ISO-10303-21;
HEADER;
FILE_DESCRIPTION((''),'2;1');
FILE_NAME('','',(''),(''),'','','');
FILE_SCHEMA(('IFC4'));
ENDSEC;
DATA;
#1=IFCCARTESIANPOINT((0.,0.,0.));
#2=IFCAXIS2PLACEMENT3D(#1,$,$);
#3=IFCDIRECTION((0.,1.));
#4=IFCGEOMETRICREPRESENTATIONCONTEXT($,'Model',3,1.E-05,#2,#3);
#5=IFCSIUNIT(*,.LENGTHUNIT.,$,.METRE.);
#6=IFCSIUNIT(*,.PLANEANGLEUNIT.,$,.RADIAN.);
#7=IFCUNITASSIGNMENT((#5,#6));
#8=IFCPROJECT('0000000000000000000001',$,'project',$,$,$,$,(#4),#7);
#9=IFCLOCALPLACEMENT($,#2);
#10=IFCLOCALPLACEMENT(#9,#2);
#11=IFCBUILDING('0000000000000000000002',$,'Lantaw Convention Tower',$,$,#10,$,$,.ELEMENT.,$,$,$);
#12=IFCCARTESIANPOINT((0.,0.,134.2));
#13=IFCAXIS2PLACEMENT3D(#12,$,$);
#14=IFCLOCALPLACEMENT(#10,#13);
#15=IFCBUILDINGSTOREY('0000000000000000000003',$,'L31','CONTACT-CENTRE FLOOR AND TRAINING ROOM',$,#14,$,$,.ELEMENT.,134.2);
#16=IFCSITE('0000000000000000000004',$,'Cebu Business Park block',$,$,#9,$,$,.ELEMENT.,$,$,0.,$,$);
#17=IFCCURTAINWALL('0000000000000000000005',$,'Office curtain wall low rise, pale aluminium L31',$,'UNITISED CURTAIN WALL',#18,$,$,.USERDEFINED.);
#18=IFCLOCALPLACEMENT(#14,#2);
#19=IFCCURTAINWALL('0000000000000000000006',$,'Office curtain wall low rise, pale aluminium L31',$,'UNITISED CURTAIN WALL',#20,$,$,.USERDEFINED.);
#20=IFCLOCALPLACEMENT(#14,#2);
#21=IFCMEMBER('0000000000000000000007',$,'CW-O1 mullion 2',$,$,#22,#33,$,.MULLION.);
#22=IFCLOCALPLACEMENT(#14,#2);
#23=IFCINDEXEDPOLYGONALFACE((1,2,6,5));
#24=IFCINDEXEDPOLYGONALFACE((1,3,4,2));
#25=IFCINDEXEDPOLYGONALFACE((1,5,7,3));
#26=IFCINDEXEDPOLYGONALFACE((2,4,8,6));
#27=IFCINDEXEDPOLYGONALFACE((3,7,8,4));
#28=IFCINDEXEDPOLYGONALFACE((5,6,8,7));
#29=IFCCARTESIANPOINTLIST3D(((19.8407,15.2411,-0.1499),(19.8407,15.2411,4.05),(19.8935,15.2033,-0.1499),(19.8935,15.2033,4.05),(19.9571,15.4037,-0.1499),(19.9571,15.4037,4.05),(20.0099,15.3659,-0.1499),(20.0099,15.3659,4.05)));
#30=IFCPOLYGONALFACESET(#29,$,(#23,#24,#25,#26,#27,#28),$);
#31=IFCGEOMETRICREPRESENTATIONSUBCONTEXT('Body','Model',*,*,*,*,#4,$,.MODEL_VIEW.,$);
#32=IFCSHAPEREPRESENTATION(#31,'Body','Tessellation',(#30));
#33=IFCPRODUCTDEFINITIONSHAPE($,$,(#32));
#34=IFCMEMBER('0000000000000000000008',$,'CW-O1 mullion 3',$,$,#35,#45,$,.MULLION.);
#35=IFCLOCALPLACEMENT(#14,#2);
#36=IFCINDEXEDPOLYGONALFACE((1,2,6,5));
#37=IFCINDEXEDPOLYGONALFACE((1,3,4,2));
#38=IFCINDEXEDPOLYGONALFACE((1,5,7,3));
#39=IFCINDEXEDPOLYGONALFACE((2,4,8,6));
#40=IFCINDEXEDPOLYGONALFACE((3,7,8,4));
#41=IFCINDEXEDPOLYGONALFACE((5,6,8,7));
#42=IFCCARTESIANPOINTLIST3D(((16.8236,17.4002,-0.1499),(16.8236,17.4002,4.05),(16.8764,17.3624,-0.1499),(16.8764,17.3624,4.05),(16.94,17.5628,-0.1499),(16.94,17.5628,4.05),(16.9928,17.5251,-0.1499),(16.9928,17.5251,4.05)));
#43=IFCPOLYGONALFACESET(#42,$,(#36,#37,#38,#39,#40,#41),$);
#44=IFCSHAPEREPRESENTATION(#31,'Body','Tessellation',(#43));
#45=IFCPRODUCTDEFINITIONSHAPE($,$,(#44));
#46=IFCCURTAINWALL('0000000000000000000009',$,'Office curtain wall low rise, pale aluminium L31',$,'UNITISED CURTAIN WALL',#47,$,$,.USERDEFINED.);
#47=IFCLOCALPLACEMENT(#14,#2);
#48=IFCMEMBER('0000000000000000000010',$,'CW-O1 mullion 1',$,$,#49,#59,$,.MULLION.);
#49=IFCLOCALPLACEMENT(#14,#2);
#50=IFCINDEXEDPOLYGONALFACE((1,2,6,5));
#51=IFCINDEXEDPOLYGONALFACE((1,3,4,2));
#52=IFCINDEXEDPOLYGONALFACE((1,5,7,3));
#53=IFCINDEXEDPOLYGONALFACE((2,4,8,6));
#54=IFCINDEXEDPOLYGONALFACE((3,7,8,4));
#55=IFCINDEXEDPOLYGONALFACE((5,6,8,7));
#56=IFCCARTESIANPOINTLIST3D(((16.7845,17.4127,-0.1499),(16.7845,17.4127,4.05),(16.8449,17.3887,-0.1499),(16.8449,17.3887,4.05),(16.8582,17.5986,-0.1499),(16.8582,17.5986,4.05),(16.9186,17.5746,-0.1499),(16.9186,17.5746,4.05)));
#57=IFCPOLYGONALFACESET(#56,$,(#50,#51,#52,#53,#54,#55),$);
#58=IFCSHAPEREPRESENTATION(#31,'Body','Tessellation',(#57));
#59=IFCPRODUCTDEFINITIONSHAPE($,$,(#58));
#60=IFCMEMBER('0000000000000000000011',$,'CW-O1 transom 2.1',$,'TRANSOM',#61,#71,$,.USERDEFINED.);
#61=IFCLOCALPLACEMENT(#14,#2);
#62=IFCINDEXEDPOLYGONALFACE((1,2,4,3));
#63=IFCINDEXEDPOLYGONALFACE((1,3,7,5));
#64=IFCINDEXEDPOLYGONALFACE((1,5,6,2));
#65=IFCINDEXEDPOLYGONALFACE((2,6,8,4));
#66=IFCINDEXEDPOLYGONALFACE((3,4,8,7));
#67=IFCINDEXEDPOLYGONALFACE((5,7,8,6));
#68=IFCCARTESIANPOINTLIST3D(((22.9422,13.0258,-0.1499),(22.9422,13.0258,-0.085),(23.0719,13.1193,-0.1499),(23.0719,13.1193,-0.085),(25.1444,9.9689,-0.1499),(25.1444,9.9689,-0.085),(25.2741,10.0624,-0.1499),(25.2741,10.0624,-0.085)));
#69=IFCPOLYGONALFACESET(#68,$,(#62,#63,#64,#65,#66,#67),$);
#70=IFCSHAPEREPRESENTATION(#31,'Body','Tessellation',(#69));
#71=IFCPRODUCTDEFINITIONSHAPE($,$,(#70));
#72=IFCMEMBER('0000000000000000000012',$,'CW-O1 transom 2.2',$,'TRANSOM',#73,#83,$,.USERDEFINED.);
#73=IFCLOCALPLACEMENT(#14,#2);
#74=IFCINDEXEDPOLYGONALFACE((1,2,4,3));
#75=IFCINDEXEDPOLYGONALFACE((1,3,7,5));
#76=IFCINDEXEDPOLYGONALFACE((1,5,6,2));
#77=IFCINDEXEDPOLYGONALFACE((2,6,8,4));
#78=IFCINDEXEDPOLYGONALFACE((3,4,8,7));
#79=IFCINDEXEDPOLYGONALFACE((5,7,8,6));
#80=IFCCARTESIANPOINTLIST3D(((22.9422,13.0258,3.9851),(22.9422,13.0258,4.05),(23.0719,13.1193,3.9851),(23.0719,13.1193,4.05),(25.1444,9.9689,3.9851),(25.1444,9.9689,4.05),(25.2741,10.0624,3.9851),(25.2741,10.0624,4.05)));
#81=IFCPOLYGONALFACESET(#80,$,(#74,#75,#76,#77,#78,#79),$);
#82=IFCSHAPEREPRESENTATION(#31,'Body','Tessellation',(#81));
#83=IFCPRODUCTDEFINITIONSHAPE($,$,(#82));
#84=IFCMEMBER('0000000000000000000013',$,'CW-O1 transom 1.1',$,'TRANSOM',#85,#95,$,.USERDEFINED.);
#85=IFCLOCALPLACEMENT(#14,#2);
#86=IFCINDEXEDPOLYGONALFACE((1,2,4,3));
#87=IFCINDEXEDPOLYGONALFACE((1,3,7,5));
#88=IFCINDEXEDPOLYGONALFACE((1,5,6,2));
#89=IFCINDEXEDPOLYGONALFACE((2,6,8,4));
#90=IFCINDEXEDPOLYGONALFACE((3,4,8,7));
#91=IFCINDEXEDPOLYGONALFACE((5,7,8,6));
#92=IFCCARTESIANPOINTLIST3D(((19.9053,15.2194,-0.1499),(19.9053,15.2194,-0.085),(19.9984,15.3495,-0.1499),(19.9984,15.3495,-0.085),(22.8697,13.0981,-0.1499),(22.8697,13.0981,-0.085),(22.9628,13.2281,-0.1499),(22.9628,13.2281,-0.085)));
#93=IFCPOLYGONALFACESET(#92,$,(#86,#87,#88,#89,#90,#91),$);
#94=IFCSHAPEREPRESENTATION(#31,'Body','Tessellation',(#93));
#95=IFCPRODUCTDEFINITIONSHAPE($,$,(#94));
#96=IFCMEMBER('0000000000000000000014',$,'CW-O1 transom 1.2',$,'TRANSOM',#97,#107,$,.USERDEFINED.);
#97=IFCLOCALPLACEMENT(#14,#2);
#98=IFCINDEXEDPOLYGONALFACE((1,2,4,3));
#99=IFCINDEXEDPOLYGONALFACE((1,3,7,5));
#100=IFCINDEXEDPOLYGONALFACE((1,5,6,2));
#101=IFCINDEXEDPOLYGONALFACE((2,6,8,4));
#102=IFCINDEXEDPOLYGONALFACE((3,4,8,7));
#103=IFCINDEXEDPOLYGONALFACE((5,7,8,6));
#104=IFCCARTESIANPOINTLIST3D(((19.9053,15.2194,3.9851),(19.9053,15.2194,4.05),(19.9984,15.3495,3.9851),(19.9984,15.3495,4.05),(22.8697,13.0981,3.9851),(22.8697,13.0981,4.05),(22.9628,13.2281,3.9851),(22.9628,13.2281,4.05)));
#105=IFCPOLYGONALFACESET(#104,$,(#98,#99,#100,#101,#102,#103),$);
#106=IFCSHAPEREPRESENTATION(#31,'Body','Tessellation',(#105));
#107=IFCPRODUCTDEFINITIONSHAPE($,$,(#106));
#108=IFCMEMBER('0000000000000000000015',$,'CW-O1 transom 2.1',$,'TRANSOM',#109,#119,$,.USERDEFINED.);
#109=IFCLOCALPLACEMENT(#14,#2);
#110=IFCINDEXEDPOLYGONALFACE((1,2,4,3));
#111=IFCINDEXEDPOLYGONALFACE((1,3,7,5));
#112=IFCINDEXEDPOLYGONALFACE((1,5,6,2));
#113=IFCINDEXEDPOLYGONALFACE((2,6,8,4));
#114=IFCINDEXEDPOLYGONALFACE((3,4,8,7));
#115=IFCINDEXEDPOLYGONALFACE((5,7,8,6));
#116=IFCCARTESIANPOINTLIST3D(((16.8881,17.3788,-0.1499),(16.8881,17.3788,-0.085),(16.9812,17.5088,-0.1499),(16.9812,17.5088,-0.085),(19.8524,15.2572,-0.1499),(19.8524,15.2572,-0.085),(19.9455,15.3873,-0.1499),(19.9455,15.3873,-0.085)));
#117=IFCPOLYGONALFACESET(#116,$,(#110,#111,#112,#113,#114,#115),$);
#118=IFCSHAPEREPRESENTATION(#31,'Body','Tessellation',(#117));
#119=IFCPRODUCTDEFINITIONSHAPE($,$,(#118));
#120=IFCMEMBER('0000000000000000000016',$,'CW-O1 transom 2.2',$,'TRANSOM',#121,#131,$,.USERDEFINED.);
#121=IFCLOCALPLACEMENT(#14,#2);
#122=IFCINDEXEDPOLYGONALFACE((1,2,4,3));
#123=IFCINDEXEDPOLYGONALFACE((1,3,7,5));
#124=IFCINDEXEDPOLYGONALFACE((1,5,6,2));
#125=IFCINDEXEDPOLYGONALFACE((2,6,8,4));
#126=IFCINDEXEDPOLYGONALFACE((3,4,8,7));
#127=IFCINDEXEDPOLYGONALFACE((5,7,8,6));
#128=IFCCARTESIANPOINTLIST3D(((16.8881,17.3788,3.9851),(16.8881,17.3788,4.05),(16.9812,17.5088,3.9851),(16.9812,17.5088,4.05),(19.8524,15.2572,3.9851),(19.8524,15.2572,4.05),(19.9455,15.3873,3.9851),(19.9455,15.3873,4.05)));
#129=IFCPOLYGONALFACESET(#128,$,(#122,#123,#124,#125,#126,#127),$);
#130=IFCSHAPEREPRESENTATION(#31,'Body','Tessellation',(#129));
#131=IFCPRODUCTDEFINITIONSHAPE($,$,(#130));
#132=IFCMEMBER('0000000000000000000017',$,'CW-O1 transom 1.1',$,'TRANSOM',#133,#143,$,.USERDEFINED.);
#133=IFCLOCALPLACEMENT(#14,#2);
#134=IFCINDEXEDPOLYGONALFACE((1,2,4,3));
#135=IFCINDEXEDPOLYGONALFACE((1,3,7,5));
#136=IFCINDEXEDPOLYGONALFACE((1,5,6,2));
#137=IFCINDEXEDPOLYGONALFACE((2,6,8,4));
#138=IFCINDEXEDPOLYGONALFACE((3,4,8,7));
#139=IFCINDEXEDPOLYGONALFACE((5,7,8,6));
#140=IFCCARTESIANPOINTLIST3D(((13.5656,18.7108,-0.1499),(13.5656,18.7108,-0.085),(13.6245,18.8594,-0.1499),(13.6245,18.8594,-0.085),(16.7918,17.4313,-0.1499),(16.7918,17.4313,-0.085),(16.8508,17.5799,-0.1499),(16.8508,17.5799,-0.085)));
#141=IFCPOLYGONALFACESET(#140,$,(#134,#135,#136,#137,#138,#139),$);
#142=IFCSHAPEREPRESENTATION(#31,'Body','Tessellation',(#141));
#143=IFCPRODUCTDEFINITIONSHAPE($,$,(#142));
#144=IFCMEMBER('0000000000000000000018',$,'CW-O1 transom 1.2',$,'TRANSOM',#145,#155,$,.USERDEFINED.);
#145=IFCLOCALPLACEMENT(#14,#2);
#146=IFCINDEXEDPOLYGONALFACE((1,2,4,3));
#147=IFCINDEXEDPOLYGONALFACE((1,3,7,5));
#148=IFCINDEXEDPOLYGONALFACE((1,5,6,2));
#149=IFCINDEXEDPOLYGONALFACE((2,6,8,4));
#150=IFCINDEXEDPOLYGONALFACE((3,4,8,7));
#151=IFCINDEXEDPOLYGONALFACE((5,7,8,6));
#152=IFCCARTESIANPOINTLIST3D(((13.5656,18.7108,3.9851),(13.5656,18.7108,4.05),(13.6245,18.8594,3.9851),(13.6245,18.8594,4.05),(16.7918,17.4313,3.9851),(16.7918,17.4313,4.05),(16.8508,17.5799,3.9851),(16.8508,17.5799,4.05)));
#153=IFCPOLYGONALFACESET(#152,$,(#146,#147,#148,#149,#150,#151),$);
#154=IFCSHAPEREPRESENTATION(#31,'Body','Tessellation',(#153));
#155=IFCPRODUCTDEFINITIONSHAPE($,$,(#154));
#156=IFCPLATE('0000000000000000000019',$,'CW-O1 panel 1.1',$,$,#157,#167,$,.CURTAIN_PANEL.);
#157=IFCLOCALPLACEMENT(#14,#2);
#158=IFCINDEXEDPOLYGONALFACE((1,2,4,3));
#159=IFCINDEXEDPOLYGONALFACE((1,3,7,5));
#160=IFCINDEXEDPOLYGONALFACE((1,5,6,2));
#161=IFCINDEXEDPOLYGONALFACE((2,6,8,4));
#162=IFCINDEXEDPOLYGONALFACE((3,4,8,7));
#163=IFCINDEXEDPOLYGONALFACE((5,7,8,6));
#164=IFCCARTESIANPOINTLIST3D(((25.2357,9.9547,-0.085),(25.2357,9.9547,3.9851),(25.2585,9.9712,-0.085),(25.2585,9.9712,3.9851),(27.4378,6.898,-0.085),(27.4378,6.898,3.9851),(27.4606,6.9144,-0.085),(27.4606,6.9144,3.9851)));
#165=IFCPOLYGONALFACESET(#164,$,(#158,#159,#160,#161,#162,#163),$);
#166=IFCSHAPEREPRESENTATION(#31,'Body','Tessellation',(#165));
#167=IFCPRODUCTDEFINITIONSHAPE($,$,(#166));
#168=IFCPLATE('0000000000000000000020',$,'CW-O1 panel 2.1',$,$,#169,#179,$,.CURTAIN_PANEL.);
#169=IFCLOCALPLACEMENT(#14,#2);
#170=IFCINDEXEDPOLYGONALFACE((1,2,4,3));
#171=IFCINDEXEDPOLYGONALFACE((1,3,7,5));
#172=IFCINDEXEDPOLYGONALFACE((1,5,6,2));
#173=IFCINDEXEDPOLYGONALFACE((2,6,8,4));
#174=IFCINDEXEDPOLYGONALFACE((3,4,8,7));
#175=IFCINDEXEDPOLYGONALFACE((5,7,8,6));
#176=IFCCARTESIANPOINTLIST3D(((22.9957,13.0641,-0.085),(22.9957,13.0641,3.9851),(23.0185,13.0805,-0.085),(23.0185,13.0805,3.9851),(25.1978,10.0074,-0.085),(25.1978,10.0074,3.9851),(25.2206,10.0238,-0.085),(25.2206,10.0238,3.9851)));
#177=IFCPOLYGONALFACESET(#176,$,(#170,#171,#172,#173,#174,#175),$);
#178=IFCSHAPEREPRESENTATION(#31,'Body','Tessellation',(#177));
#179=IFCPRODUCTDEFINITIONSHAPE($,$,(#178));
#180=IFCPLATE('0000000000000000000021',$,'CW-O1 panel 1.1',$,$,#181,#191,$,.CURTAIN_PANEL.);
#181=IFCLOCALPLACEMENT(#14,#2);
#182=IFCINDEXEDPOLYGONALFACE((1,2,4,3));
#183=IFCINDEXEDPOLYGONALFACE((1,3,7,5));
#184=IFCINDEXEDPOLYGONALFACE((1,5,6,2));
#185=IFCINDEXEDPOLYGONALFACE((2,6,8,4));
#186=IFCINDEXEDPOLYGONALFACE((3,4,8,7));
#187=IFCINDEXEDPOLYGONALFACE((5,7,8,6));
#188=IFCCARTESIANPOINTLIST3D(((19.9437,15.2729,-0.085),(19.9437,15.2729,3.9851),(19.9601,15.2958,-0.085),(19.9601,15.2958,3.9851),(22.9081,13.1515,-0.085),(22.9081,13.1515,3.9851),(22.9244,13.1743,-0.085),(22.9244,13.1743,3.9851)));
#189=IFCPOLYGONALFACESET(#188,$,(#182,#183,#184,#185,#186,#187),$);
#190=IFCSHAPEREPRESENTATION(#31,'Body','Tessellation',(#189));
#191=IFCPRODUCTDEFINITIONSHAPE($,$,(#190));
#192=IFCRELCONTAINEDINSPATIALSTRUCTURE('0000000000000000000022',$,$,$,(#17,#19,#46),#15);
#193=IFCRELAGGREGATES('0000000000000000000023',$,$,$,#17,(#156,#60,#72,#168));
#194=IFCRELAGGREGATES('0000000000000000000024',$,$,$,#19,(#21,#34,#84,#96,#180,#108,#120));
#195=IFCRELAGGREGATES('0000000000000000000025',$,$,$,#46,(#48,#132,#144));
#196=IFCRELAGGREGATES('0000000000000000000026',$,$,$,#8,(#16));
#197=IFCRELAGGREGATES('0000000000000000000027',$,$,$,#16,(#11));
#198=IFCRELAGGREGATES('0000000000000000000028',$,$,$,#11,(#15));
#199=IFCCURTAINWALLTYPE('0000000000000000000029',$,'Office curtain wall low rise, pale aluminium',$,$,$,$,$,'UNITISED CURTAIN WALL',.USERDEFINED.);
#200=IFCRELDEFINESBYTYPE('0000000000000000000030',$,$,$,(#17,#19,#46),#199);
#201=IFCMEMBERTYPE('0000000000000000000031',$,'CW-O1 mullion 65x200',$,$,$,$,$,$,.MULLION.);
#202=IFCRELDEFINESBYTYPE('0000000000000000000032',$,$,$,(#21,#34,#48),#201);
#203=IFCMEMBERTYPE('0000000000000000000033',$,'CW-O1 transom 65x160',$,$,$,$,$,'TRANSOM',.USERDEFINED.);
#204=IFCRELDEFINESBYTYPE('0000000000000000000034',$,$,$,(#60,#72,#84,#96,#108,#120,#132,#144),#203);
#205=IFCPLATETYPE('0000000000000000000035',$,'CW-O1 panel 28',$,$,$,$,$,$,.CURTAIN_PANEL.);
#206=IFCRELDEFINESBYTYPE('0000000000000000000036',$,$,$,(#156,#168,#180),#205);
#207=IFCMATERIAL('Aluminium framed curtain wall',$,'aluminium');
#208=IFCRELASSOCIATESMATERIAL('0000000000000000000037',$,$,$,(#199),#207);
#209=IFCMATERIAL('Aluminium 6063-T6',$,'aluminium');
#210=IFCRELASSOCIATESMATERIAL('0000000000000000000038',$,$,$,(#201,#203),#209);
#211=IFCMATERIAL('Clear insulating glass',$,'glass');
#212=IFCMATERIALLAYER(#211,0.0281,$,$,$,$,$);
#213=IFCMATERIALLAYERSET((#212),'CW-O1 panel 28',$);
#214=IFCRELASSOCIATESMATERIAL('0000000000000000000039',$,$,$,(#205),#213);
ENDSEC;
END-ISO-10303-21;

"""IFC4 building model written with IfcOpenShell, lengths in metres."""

from ifc_helpers import new_model, si_unit, direction, frame, origin, origin_2d, place, context, subcontext, project, spatial, rectangle, extrude, material, layer, layer_set, material_profile, profile_set, type_object, element, aggregate, save


model = new_model("IFC4")

# Units and contexts
model_context = context("Model", 3, precision=1e-05, world=origin(), true_north=direction((0.0, 1.0)))
body_context = subcontext(model_context, "Body", "Model", "MODEL_VIEW")
ifc_project = project(units=[si_unit("LENGTHUNIT", "METRE"), si_unit("PLANEANGLEUNIT", "RADIAN")], contexts=[model_context])

# Site, building, storey
site_placement = place(None, origin())
site = spatial("IfcSite", under=ifc_project, at=site_placement, Name="Cebu Business Park block", CompositionType="ELEMENT", RefElevation=0.0)
building_placement = place(site_placement, origin())
building = spatial("IfcBuilding", under=site, at=building_placement, Name="Lantaw Convention Tower", CompositionType="ELEMENT")
storey_placement = place(building_placement, frame((0.0, 0.0, 134.2)))
storey = spatial("IfcBuildingStorey", under=building, at=storey_placement, Name="L31", Description="CONTACT-CENTRE FLOOR AND TRAINING ROOM", CompositionType="ELEMENT", Elevation=134.2)

# Curtain walls, members
ifc_material_1 = material(Name="Aluminium framed curtain wall", Category="aluminium")
curtain_wall_type = type_object("IfcCurtainWallType", Name="Office curtain wall low rise, pale aluminium", ElementType="UNITISED CURTAIN WALL", PredefinedType="USERDEFINED", material=ifc_material_1)
curtain_wall_1_placement = place(storey_placement, origin())
curtain_wall_1 = element("IfcCurtainWall", 1, at=curtain_wall_1_placement, inside=storey, type_object=curtain_wall_type, Name="Office curtain wall low rise, pale aluminium L31", ObjectType="UNITISED CURTAIN WALL", PredefinedType="USERDEFINED")
ifc_material_2 = material(Name="Aluminium 6063-T6", Category="aluminium")
ifc_material_profile_1 = material_profile(ifc_material_2, rectangle(XDim=0.2, YDim=0.0649, at=origin_2d()), Name="CW-O1 mullion 65x200")
ifc_profile_set_1 = profile_set([ifc_material_profile_1], Name="Aluminium 6063-T6")
member_type_1 = type_object("IfcMemberType", Name="CW-O1 mullion 65x200", PredefinedType="MULLION", material=ifc_profile_set_1)
curtain_wall_2_placement = place(storey_placement, origin())
curtain_wall_2 = element("IfcCurtainWall", 2, at=curtain_wall_2_placement, inside=storey, type_object=curtain_wall_type, Name="Office curtain wall low rise, pale aluminium L31", ObjectType="UNITISED CURTAIN WALL", PredefinedType="USERDEFINED")
member_1_placement = place(storey_placement, frame((19.9253, 15.3035, -0.1499), z_axis=(0.0, 0.0, 1.0), x_axis=(-0.581973, -0.813208, 0.0)))
member_1 = element("IfcMember", 3, at=member_1_placement, type_object=member_type_1, Name="CW-O1 mullion 2", PredefinedType="MULLION", context=body_context, shape_type="SweptSolid", body=[
    extrude(rectangle(XDim=0.2, YDim=0.0649, at=origin_2d()), origin(), (0.0, 0.0, 1.0), 4.2),
])
member_2_placement = place(storey_placement, frame((16.9082, 17.4626, -0.1499), z_axis=(0.0, 0.0, 1.0), x_axis=(-0.581973, -0.813208, 0.0)))
member_2 = element("IfcMember", 4, at=member_2_placement, type_object=member_type_1, Name="CW-O1 mullion 3", PredefinedType="MULLION", context=body_context, shape_type="SweptSolid", body=[
    extrude(rectangle(XDim=0.2, YDim=0.0649, at=origin_2d()), origin(), (0.0, 0.0, 1.0), 4.2),
])

# Curtain wall, member
curtain_wall_3_placement = place(storey_placement, origin())
curtain_wall_3 = element("IfcCurtainWall", 5, at=curtain_wall_3_placement, inside=storey, type_object=curtain_wall_type, Name="Office curtain wall low rise, pale aluminium L31", ObjectType="UNITISED CURTAIN WALL", PredefinedType="USERDEFINED")
member_3_placement = place(storey_placement, frame((16.8516, 17.4937, -0.1499), z_axis=(0.0, 0.0, 1.0), x_axis=(-0.368702, -0.929548, 0.0)))
member_3 = element("IfcMember", 6, at=member_3_placement, type_object=member_type_1, Name="CW-O1 mullion 1", PredefinedType="MULLION", context=body_context, shape_type="SweptSolid", body=[
    extrude(rectangle(XDim=0.2, YDim=0.0649, at=origin_2d()), origin(), (0.0, 0.0, 1.0), 4.2),
])

# Members
ifc_material_profile_2 = material_profile(ifc_material_2, rectangle(XDim=0.1599, YDim=0.0649, at=origin_2d()), Name="CW-O1 transom 65x160")
ifc_profile_set_2 = profile_set([ifc_material_profile_2], Name="Aluminium 6063-T6")
member_type_2 = type_object("IfcMemberType", Name="CW-O1 transom 65x160", ElementType="TRANSOM", PredefinedType="USERDEFINED", material=ifc_profile_set_2)
member_4_placement = place(storey_placement, frame((25.2092, 10.0156, -0.1174), z_axis=(-0.584513, 0.811384, 0.0), x_axis=(-0.811384, -0.584513, 0.0)))
member_4 = element("IfcMember", 7, at=member_4_placement, type_object=member_type_2, Name="CW-O1 transom 2.1", ObjectType="TRANSOM", PredefinedType="USERDEFINED", context=body_context, shape_type="SweptSolid", body=[
    extrude(rectangle(XDim=0.1599, YDim=0.0649, at=origin_2d()), origin(), (0.0, 0.0, 1.0), 3.7676),
])
member_5_placement = place(storey_placement, frame((25.2092, 10.0156, 4.0176), z_axis=(-0.584513, 0.811384, 0.0), x_axis=(-0.811384, -0.584513, 0.0)))
member_5 = element("IfcMember", 8, at=member_5_placement, type_object=member_type_2, Name="CW-O1 transom 2.2", ObjectType="TRANSOM", PredefinedType="USERDEFINED", context=body_context, shape_type="SweptSolid", body=[
    extrude(rectangle(XDim=0.1599, YDim=0.0649, at=origin_2d()), origin(), (0.0, 0.0, 1.0), 3.7676),
])
member_6_placement = place(storey_placement, frame((22.9163, 13.1631, -0.1174), z_axis=(-0.813222, 0.581954, 0.0), x_axis=(-0.581954, -0.813222, 0.0)))
member_6 = element("IfcMember", 9, at=member_6_placement, type_object=member_type_2, Name="CW-O1 transom 1.1", ObjectType="TRANSOM", PredefinedType="USERDEFINED", context=body_context, shape_type="SweptSolid", body=[
    extrude(rectangle(XDim=0.1599, YDim=0.0649, at=origin_2d()), origin(), (0.0, 0.0, 1.0), 3.6453),
])
member_7_placement = place(storey_placement, frame((22.9163, 13.1631, 4.0176), z_axis=(-0.813222, 0.581954, 0.0), x_axis=(-0.581954, -0.813222, 0.0)))
member_7 = element("IfcMember", 10, at=member_7_placement, type_object=member_type_2, Name="CW-O1 transom 1.2", ObjectType="TRANSOM", PredefinedType="USERDEFINED", context=body_context, shape_type="SweptSolid", body=[
    extrude(rectangle(XDim=0.1599, YDim=0.0649, at=origin_2d()), origin(), (0.0, 0.0, 1.0), 3.6453),
])
member_8_placement = place(storey_placement, frame((19.8989, 15.3223, -0.1174), z_axis=(-0.81319, 0.581998, 0.0), x_axis=(-0.581998, -0.81319, 0.0)))
member_8 = element("IfcMember", 11, at=member_8_placement, type_object=member_type_2, Name="CW-O1 transom 2.1", ObjectType="TRANSOM", PredefinedType="USERDEFINED", context=body_context, shape_type="SweptSolid", body=[
    extrude(rectangle(XDim=0.1599, YDim=0.0649, at=origin_2d()), origin(), (0.0, 0.0, 1.0), 3.6453),
])
member_9_placement = place(storey_placement, frame((19.8989, 15.3223, 4.0176), z_axis=(-0.81319, 0.581998, 0.0), x_axis=(-0.581998, -0.81319, 0.0)))
member_9 = element("IfcMember", 12, at=member_9_placement, type_object=member_type_2, Name="CW-O1 transom 2.2", ObjectType="TRANSOM", PredefinedType="USERDEFINED", context=body_context, shape_type="SweptSolid", body=[
    extrude(rectangle(XDim=0.1599, YDim=0.0649, at=origin_2d()), origin(), (0.0, 0.0, 1.0), 3.6453),
])
member_10_placement = place(storey_placement, frame((16.8213, 17.5056, -0.1174), z_axis=(-0.929564, 0.36866, 0.0), x_axis=(-0.36866, -0.929564, 0.0)))
member_10 = element("IfcMember", 13, at=member_10_placement, type_object=member_type_2, Name="CW-O1 transom 1.1", ObjectType="TRANSOM", PredefinedType="USERDEFINED", context=body_context, shape_type="SweptSolid", body=[
    extrude(rectangle(XDim=0.1599, YDim=0.0649, at=origin_2d()), origin(), (0.0, 0.0, 1.0), 3.4707),
])
member_11_placement = place(storey_placement, frame((16.8213, 17.5056, 4.0176), z_axis=(-0.929564, 0.36866, 0.0), x_axis=(-0.36866, -0.929564, 0.0)))
member_11 = element("IfcMember", 14, at=member_11_placement, type_object=member_type_2, Name="CW-O1 transom 1.2", ObjectType="TRANSOM", PredefinedType="USERDEFINED", context=body_context, shape_type="SweptSolid", body=[
    extrude(rectangle(XDim=0.1599, YDim=0.0649, at=origin_2d()), origin(), (0.0, 0.0, 1.0), 3.4707),
])

# Plates
ifc_material_3 = material(Name="Clear insulating glass", Category="glass")
ifc_layer_1 = layer(ifc_material_3, 0.0281)
ifc_layer_set_1 = layer_set([ifc_layer_1], Name="CW-O1 panel 28")
plate_type_1 = type_object("IfcPlateType", Name="CW-O1 panel 28", PredefinedType="CURTAIN_PANEL", material=ifc_layer_set_1)
plate_1_placement = place(storey_placement, frame((26.3481, 8.4346, -0.085), z_axis=(0.0, 0.0, 1.0), x_axis=(-0.584513, 0.811385, 0.0)))
plate_1 = element("IfcPlate", 15, at=plate_1_placement, type_object=plate_type_1, Name="CW-O1 panel 1.1", PredefinedType="CURTAIN_PANEL", context=body_context, shape_type="SweptSolid", body=[
    extrude(rectangle(XDim=3.7673, YDim=0.0281, at=origin_2d()), origin(), (0.0, 0.0, 1.0), 4.0701),
])
plate_2_placement = place(storey_placement, frame((24.1082, 11.5439, -0.085), z_axis=(0.0, 0.0, 1.0), x_axis=(-0.584513, 0.811385, 0.0)))
plate_2 = element("IfcPlate", 16, at=plate_2_placement, type_object=plate_type_1, Name="CW-O1 panel 2.1", PredefinedType="CURTAIN_PANEL", context=body_context, shape_type="SweptSolid", body=[
    extrude(rectangle(XDim=3.7673, YDim=0.0281, at=origin_2d()), origin(), (0.0, 0.0, 1.0), 4.0701),
])
aggregate(curtain_wall_1, [plate_1, member_4, member_5, plate_2])
plate_3_placement = place(storey_placement, frame((21.4341, 14.2236, -0.085), z_axis=(0.0, 0.0, 1.0), x_axis=(-0.813208, 0.581973, 0.0)))
plate_3 = element("IfcPlate", 17, at=plate_3_placement, type_object=plate_type_1, Name="CW-O1 panel 1.1", PredefinedType="CURTAIN_PANEL", context=body_context, shape_type="SweptSolid", body=[
    extrude(rectangle(XDim=3.6453, YDim=0.0281, at=origin_2d()), origin(), (0.0, 0.0, 1.0), 4.0701),
])
aggregate(curtain_wall_2, [member_1, member_2, member_6, member_7, plate_3, member_8, member_9])
aggregate(curtain_wall_3, [member_3, member_10, member_11])

save(model, "model.ifc")
